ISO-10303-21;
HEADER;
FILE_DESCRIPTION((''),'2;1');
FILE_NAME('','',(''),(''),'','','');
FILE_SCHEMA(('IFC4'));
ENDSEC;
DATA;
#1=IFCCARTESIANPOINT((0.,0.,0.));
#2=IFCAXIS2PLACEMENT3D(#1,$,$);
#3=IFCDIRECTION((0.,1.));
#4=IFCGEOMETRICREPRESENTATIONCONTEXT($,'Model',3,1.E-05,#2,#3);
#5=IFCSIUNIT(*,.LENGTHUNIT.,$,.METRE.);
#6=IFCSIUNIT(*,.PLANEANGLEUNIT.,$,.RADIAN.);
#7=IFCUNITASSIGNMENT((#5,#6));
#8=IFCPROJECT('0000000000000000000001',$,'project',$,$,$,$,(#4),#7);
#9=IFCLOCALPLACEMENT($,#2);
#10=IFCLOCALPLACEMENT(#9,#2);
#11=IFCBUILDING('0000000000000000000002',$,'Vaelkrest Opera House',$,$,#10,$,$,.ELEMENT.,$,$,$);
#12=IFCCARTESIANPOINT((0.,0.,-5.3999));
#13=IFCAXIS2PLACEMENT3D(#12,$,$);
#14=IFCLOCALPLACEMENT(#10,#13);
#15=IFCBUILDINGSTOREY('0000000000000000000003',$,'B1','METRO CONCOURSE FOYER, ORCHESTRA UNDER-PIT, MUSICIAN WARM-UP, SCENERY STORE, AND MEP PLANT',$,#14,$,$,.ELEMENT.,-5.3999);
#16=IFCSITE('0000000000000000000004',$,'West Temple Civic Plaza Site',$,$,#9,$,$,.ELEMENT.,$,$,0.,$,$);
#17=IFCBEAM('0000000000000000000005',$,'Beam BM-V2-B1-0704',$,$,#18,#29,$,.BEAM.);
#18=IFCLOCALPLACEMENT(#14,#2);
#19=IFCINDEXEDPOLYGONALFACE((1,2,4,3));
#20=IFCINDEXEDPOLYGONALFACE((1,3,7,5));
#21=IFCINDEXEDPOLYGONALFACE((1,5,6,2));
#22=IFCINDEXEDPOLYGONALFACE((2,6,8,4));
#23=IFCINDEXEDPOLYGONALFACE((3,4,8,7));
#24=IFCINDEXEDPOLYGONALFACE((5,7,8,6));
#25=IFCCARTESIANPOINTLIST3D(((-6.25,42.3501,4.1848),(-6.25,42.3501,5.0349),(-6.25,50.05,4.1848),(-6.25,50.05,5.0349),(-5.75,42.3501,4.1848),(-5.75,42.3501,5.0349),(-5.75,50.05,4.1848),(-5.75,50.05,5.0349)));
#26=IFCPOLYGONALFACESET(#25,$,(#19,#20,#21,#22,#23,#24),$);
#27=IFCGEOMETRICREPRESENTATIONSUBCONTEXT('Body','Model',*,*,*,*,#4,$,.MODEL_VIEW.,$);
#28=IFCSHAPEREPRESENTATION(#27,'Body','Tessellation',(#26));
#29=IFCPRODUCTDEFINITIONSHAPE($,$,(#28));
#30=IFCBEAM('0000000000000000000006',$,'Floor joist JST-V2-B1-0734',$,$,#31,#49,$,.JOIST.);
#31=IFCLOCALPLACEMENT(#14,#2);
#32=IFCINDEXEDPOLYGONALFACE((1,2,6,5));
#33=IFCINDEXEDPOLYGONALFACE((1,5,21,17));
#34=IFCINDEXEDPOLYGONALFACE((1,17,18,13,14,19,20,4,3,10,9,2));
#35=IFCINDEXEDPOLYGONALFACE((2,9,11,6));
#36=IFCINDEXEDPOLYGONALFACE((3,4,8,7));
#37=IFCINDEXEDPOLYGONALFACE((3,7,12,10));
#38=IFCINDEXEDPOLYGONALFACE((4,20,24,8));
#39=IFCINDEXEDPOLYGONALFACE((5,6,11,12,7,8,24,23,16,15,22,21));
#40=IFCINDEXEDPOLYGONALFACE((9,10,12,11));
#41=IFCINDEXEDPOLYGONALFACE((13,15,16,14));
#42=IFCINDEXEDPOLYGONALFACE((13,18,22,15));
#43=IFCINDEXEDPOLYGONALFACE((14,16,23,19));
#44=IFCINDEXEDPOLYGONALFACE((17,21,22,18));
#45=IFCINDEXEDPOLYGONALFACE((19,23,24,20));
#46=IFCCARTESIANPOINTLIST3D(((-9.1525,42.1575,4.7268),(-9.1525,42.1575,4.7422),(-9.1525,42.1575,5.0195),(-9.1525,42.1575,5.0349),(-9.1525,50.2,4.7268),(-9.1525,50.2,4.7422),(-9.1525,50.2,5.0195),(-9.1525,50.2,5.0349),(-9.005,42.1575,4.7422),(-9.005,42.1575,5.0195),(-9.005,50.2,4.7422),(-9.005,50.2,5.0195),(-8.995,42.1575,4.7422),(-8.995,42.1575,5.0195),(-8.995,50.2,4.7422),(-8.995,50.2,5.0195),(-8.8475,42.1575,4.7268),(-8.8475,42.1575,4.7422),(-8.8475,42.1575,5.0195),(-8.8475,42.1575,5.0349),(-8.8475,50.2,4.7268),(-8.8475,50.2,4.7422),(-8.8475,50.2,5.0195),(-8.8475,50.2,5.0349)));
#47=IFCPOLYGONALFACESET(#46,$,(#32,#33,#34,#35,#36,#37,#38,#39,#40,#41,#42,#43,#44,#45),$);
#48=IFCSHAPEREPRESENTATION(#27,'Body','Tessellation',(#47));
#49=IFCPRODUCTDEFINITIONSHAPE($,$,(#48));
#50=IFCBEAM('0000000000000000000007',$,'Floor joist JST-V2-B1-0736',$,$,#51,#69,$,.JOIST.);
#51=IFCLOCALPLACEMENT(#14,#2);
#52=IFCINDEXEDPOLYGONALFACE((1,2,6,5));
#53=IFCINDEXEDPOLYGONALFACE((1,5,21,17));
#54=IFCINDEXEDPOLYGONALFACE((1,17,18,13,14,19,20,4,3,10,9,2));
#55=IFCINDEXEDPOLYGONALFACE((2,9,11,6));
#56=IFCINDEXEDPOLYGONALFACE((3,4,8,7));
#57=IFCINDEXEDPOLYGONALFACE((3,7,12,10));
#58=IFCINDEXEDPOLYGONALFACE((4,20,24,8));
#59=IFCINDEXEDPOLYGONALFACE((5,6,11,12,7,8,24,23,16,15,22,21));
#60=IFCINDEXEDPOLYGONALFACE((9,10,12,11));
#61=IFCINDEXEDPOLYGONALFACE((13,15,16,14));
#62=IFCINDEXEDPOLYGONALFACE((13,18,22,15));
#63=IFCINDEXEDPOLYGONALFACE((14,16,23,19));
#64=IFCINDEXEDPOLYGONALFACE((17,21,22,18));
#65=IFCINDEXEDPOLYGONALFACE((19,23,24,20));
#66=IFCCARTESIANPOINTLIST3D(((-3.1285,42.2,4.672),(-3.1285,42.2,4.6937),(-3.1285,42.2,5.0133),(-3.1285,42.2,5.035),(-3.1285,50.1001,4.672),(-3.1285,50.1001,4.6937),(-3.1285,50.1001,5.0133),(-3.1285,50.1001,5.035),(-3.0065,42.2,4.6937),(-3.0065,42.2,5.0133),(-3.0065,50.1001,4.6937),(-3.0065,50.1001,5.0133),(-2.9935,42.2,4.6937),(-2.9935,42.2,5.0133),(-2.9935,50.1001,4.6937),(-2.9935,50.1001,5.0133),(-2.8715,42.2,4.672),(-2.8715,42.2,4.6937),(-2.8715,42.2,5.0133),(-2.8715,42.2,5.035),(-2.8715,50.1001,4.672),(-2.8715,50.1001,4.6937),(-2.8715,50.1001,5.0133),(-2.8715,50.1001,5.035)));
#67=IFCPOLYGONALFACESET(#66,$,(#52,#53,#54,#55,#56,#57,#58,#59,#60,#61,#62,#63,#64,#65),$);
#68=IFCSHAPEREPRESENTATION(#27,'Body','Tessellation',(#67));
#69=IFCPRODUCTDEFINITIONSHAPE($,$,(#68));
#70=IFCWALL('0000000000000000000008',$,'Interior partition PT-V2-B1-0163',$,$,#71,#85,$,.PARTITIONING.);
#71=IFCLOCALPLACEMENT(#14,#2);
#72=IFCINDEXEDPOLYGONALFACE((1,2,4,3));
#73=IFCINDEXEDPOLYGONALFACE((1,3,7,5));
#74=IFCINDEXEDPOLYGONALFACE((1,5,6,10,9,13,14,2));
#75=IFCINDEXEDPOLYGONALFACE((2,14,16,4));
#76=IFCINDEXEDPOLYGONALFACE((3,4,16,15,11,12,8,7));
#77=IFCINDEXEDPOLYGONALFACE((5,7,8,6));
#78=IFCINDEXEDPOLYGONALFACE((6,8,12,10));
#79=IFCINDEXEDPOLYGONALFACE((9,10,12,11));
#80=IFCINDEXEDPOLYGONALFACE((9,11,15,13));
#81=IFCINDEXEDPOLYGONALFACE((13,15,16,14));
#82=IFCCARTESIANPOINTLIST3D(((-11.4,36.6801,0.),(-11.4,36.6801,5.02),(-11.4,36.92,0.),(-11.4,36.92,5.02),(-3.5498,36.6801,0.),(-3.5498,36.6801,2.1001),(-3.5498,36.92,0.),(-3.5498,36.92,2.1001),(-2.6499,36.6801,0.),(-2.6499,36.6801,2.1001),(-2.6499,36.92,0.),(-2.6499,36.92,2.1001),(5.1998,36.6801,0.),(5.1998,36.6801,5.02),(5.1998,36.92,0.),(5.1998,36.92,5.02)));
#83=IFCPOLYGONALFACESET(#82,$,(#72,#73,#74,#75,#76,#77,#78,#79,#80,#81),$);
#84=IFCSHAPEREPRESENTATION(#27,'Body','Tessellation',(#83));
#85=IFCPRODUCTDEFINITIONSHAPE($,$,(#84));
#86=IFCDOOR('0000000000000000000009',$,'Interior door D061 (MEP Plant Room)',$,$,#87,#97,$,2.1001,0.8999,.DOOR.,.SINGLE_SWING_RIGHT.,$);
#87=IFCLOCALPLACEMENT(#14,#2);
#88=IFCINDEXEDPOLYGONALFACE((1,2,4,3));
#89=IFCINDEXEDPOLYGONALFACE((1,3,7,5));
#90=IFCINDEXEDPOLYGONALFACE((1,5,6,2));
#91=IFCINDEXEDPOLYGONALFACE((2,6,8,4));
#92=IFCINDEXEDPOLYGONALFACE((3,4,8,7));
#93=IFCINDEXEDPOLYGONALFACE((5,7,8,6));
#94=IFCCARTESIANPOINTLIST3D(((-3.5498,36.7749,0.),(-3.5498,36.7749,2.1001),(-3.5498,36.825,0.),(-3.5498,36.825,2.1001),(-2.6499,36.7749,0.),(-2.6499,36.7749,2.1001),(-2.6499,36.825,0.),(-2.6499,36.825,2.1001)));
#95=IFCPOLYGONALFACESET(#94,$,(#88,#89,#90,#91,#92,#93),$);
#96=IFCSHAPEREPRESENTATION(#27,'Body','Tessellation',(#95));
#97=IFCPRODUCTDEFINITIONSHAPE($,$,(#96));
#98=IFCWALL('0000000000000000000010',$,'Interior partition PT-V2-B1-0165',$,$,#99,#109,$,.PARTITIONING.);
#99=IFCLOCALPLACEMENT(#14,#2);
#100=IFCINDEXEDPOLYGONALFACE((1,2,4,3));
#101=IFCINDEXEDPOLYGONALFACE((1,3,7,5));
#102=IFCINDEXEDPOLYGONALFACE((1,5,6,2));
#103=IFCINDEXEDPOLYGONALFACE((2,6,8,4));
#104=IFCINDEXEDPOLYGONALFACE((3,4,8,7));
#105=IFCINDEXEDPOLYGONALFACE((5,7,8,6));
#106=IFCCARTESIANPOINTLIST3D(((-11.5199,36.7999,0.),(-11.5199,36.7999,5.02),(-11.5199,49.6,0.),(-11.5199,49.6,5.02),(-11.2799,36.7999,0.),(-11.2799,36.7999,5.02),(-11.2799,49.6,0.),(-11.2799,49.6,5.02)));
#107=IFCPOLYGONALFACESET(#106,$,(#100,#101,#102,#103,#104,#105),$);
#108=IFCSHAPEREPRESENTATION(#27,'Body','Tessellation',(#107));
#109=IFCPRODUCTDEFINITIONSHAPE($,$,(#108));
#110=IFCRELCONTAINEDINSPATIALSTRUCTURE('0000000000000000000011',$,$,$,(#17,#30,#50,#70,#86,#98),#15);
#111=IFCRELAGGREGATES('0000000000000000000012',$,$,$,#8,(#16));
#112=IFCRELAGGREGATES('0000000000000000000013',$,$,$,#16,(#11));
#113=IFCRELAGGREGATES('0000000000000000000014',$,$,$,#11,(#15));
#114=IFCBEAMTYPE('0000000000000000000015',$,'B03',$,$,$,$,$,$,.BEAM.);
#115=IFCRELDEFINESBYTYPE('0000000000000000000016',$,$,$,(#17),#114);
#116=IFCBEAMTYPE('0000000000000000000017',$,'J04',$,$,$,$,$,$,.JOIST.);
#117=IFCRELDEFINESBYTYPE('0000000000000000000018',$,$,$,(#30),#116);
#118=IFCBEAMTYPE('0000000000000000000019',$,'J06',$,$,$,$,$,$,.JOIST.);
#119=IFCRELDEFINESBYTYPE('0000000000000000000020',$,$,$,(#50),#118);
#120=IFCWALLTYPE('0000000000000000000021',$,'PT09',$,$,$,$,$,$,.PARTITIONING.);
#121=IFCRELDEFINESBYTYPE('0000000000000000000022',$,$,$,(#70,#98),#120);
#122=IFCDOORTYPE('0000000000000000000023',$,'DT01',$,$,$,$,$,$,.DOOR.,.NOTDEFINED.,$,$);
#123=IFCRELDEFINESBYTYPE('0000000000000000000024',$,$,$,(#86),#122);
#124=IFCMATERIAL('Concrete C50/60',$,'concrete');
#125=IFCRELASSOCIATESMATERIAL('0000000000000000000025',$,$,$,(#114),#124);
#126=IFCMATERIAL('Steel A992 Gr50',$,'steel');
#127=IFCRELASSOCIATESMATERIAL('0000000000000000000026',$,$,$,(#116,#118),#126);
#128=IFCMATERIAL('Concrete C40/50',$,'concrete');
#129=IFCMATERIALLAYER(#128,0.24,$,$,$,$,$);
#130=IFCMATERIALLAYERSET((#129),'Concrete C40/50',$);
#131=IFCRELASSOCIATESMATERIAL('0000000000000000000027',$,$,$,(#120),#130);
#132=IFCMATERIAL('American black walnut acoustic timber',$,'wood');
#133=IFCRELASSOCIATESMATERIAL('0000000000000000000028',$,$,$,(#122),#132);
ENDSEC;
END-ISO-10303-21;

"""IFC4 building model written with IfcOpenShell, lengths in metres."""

from ifc_helpers import new_model, si_unit, direction, frame, frame_2d, origin, origin_2d, place, context, subcontext, project, spatial, rectangle, i_section, extrude, material, layer, layer_set, material_profile, profile_set, type_object, element, fill, save


model = new_model("IFC4")

# Units and contexts
model_context = context("Model", 3, precision=1e-05, world=origin(), true_north=direction((0.0, 1.0)))
body_context = subcontext(model_context, "Body", "Model", "MODEL_VIEW")
ifc_project = project(units=[si_unit("LENGTHUNIT", "METRE"), si_unit("PLANEANGLEUNIT", "RADIAN")], contexts=[model_context])

# Site, building, storey
site_placement = place(None, origin())
site = spatial("IfcSite", under=ifc_project, at=site_placement, Name="West Temple Civic Plaza Site", CompositionType="ELEMENT", RefElevation=0.0)
building_placement = place(site_placement, origin())
building = spatial("IfcBuilding", under=site, at=building_placement, Name="Vaelkrest Opera House", CompositionType="ELEMENT")
storey_placement = place(building_placement, frame((0.0, 0.0, -5.3999)))
storey = spatial("IfcBuildingStorey", under=building, at=storey_placement, Name="B1", Description="METRO CONCOURSE FOYER, ORCHESTRA UNDER-PIT, MUSICIAN WARM-UP, SCENERY STORE, AND MEP PLANT", CompositionType="ELEMENT", Elevation=-5.3999)

# Shared definitions
ifc_material_1 = material(Name="Concrete C40/50", Category="concrete")

# Shared definitions
ifc_material_2 = material(Name="Concrete C50/60", Category="concrete")

# Beams
ifc_material_profile_1 = material_profile(ifc_material_2, rectangle(XDim=0.5, YDim=0.8501, at=origin_2d()), Name="RCB500X850")
ifc_profile_set_1 = profile_set([ifc_material_profile_1], Name="Concrete C50/60")
beam_type_1 = type_object("IfcBeamType", Name="B03", PredefinedType="BEAM", material=ifc_profile_set_1)
beam_1_placement = place(storey_placement, frame((-6.0, 42.3501, 4.6099), z_axis=(0.0, 1.0, 0.0), x_axis=(-1.0, 0.0, 0.0)))
element("IfcBeam", 1, at=beam_1_placement, inside=storey, type_object=beam_type_1, Name="Beam BM-V2-B1-0704", PredefinedType="BEAM", context=body_context, shape_type="SweptSolid", body=[
    extrude(rectangle(XDim=0.5, YDim=0.8501, at=origin_2d()), origin(), (0.0, 0.0, 1.0), 7.7),
])
ifc_material_3 = material(Name="Steel A992 Gr50", Category="steel")
ifc_material_profile_2 = material_profile(ifc_material_3, i_section(OverallWidth=0.3049, OverallDepth=0.3081, WebThickness=0.01, FlangeThickness=0.0154, at=origin_2d()), Name="W12X65")
ifc_profile_set_2 = profile_set([ifc_material_profile_2], Name="Steel A992 Gr50")
beam_type_2 = type_object("IfcBeamType", Name="J04", PredefinedType="JOIST", material=ifc_profile_set_2)
beam_2_placement = place(storey_placement, frame((-9.0, 42.1575, 4.8809), z_axis=(0.0, 1.0, 0.0), x_axis=(-1.0, 0.0, 0.0)))
element("IfcBeam", 2, at=beam_2_placement, inside=storey, type_object=beam_type_2, Name="Floor joist JST-V2-B1-0734", PredefinedType="JOIST", context=body_context, shape_type="SweptSolid", body=[
    extrude(i_section(OverallWidth=0.3049, OverallDepth=0.3081, WebThickness=0.01, FlangeThickness=0.0154, at=origin_2d()), origin(), (0.0, 0.0, 1.0), 8.0425),
])
ifc_material_profile_3 = material_profile(ifc_material_3, i_section(OverallWidth=0.2571, OverallDepth=0.363, WebThickness=0.0129, FlangeThickness=0.0217, at=origin_2d()), Name="W14X82")
ifc_profile_set_3 = profile_set([ifc_material_profile_3], Name="Steel A992 Gr50")
beam_type_3 = type_object("IfcBeamType", Name="J06", PredefinedType="JOIST", material=ifc_profile_set_3)
beam_3_placement = place(storey_placement, frame((-3.0, 42.2, 4.8535), z_axis=(0.0, 1.0, 0.0), x_axis=(-1.0, 0.0, 0.0)))
element("IfcBeam", 3, at=beam_3_placement, inside=storey, type_object=beam_type_3, Name="Floor joist JST-V2-B1-0736", PredefinedType="JOIST", context=body_context, shape_type="SweptSolid", body=[
    extrude(i_section(OverallWidth=0.2571, OverallDepth=0.363, WebThickness=0.0129, FlangeThickness=0.0217, at=origin_2d()), origin(), (0.0, 0.0, 1.0), 7.9001),
])

# Wall, opening, door
ifc_layer = layer(ifc_material_1, 0.24)
ifc_layer_set = layer_set([ifc_layer], Name="Concrete C40/50")
wall_type = type_object("IfcWallType", Name="PT09", PredefinedType="PARTITIONING", material=ifc_layer_set)
wall_1_placement = place(storey_placement, frame((-11.3999, 36.8, 0.0), z_axis=(0.0, 0.0, 1.0), x_axis=(1.0, 0.0, 0.0)))
wall_1 = element("IfcWall", 4, at=wall_1_placement, inside=storey, type_object=wall_type, Name="Interior partition PT-V2-B1-0163", PredefinedType="PARTITIONING", context=body_context, shape_type="SweptSolid", body=[
    extrude(rectangle(XDim=16.5999, YDim=0.24, at=frame_2d((8.2998, 0.0))), origin(), (0.0, 0.0, 1.0), 5.02),
])
opening_placement = place(wall_1_placement, frame((7.8501, 0.0, 0.0)))
opening = element("IfcOpeningElement", 5, at=opening_placement, cuts=wall_1, PredefinedType="OPENING", context=body_context, shape_type="SweptSolid", body=[
    extrude(rectangle(XDim=0.8999, YDim=2.1001, at=frame_2d((0.45, 1.05))), frame((0.0, 0.1299, 0.0), z_axis=(0.0, -1.0, 0.0), x_axis=(1.0, 0.0, 0.0)), (0.0, 0.0, 1.0), 0.26),
])
ifc_material_4 = material(Name="American black walnut acoustic timber", Category="wood")
door_type = type_object("IfcDoorType", Name="DT01", OperationType="NOTDEFINED", PredefinedType="DOOR", material=ifc_material_4)
door_placement = place(opening_placement, origin())
door = element("IfcDoor", 6, at=door_placement, inside=storey, type_object=door_type, Name="Interior door D061 (MEP Plant Room)", OperationType="SINGLE_SWING_RIGHT", OverallHeight=2.1001, OverallWidth=0.8999, PredefinedType="DOOR", context=body_context, shape_type="SweptSolid", body=[
    extrude(rectangle(XDim=0.8999, YDim=2.1001, at=frame_2d((0.45, 1.05))), frame((0.0, 0.0249, 0.0), z_axis=(0.0, -1.0, 0.0), x_axis=(1.0, 0.0, 0.0)), (0.0, 0.0, 1.0), 0.05),
])
fill(opening, door)

# Wall
wall_2_placement = place(storey_placement, frame((-11.3999, 36.8, 0.0), z_axis=(0.0, 0.0, 1.0), x_axis=(0.0, 1.0, 0.0)))
element("IfcWall", 7, at=wall_2_placement, inside=storey, type_object=wall_type, Name="Interior partition PT-V2-B1-0165", PredefinedType="PARTITIONING", context=body_context, shape_type="SweptSolid", body=[
    extrude(rectangle(XDim=12.8, YDim=0.24, at=frame_2d((6.3999, 0.0))), origin(), (0.0, 0.0, 1.0), 5.02),
])

save(model, "model.ifc")
